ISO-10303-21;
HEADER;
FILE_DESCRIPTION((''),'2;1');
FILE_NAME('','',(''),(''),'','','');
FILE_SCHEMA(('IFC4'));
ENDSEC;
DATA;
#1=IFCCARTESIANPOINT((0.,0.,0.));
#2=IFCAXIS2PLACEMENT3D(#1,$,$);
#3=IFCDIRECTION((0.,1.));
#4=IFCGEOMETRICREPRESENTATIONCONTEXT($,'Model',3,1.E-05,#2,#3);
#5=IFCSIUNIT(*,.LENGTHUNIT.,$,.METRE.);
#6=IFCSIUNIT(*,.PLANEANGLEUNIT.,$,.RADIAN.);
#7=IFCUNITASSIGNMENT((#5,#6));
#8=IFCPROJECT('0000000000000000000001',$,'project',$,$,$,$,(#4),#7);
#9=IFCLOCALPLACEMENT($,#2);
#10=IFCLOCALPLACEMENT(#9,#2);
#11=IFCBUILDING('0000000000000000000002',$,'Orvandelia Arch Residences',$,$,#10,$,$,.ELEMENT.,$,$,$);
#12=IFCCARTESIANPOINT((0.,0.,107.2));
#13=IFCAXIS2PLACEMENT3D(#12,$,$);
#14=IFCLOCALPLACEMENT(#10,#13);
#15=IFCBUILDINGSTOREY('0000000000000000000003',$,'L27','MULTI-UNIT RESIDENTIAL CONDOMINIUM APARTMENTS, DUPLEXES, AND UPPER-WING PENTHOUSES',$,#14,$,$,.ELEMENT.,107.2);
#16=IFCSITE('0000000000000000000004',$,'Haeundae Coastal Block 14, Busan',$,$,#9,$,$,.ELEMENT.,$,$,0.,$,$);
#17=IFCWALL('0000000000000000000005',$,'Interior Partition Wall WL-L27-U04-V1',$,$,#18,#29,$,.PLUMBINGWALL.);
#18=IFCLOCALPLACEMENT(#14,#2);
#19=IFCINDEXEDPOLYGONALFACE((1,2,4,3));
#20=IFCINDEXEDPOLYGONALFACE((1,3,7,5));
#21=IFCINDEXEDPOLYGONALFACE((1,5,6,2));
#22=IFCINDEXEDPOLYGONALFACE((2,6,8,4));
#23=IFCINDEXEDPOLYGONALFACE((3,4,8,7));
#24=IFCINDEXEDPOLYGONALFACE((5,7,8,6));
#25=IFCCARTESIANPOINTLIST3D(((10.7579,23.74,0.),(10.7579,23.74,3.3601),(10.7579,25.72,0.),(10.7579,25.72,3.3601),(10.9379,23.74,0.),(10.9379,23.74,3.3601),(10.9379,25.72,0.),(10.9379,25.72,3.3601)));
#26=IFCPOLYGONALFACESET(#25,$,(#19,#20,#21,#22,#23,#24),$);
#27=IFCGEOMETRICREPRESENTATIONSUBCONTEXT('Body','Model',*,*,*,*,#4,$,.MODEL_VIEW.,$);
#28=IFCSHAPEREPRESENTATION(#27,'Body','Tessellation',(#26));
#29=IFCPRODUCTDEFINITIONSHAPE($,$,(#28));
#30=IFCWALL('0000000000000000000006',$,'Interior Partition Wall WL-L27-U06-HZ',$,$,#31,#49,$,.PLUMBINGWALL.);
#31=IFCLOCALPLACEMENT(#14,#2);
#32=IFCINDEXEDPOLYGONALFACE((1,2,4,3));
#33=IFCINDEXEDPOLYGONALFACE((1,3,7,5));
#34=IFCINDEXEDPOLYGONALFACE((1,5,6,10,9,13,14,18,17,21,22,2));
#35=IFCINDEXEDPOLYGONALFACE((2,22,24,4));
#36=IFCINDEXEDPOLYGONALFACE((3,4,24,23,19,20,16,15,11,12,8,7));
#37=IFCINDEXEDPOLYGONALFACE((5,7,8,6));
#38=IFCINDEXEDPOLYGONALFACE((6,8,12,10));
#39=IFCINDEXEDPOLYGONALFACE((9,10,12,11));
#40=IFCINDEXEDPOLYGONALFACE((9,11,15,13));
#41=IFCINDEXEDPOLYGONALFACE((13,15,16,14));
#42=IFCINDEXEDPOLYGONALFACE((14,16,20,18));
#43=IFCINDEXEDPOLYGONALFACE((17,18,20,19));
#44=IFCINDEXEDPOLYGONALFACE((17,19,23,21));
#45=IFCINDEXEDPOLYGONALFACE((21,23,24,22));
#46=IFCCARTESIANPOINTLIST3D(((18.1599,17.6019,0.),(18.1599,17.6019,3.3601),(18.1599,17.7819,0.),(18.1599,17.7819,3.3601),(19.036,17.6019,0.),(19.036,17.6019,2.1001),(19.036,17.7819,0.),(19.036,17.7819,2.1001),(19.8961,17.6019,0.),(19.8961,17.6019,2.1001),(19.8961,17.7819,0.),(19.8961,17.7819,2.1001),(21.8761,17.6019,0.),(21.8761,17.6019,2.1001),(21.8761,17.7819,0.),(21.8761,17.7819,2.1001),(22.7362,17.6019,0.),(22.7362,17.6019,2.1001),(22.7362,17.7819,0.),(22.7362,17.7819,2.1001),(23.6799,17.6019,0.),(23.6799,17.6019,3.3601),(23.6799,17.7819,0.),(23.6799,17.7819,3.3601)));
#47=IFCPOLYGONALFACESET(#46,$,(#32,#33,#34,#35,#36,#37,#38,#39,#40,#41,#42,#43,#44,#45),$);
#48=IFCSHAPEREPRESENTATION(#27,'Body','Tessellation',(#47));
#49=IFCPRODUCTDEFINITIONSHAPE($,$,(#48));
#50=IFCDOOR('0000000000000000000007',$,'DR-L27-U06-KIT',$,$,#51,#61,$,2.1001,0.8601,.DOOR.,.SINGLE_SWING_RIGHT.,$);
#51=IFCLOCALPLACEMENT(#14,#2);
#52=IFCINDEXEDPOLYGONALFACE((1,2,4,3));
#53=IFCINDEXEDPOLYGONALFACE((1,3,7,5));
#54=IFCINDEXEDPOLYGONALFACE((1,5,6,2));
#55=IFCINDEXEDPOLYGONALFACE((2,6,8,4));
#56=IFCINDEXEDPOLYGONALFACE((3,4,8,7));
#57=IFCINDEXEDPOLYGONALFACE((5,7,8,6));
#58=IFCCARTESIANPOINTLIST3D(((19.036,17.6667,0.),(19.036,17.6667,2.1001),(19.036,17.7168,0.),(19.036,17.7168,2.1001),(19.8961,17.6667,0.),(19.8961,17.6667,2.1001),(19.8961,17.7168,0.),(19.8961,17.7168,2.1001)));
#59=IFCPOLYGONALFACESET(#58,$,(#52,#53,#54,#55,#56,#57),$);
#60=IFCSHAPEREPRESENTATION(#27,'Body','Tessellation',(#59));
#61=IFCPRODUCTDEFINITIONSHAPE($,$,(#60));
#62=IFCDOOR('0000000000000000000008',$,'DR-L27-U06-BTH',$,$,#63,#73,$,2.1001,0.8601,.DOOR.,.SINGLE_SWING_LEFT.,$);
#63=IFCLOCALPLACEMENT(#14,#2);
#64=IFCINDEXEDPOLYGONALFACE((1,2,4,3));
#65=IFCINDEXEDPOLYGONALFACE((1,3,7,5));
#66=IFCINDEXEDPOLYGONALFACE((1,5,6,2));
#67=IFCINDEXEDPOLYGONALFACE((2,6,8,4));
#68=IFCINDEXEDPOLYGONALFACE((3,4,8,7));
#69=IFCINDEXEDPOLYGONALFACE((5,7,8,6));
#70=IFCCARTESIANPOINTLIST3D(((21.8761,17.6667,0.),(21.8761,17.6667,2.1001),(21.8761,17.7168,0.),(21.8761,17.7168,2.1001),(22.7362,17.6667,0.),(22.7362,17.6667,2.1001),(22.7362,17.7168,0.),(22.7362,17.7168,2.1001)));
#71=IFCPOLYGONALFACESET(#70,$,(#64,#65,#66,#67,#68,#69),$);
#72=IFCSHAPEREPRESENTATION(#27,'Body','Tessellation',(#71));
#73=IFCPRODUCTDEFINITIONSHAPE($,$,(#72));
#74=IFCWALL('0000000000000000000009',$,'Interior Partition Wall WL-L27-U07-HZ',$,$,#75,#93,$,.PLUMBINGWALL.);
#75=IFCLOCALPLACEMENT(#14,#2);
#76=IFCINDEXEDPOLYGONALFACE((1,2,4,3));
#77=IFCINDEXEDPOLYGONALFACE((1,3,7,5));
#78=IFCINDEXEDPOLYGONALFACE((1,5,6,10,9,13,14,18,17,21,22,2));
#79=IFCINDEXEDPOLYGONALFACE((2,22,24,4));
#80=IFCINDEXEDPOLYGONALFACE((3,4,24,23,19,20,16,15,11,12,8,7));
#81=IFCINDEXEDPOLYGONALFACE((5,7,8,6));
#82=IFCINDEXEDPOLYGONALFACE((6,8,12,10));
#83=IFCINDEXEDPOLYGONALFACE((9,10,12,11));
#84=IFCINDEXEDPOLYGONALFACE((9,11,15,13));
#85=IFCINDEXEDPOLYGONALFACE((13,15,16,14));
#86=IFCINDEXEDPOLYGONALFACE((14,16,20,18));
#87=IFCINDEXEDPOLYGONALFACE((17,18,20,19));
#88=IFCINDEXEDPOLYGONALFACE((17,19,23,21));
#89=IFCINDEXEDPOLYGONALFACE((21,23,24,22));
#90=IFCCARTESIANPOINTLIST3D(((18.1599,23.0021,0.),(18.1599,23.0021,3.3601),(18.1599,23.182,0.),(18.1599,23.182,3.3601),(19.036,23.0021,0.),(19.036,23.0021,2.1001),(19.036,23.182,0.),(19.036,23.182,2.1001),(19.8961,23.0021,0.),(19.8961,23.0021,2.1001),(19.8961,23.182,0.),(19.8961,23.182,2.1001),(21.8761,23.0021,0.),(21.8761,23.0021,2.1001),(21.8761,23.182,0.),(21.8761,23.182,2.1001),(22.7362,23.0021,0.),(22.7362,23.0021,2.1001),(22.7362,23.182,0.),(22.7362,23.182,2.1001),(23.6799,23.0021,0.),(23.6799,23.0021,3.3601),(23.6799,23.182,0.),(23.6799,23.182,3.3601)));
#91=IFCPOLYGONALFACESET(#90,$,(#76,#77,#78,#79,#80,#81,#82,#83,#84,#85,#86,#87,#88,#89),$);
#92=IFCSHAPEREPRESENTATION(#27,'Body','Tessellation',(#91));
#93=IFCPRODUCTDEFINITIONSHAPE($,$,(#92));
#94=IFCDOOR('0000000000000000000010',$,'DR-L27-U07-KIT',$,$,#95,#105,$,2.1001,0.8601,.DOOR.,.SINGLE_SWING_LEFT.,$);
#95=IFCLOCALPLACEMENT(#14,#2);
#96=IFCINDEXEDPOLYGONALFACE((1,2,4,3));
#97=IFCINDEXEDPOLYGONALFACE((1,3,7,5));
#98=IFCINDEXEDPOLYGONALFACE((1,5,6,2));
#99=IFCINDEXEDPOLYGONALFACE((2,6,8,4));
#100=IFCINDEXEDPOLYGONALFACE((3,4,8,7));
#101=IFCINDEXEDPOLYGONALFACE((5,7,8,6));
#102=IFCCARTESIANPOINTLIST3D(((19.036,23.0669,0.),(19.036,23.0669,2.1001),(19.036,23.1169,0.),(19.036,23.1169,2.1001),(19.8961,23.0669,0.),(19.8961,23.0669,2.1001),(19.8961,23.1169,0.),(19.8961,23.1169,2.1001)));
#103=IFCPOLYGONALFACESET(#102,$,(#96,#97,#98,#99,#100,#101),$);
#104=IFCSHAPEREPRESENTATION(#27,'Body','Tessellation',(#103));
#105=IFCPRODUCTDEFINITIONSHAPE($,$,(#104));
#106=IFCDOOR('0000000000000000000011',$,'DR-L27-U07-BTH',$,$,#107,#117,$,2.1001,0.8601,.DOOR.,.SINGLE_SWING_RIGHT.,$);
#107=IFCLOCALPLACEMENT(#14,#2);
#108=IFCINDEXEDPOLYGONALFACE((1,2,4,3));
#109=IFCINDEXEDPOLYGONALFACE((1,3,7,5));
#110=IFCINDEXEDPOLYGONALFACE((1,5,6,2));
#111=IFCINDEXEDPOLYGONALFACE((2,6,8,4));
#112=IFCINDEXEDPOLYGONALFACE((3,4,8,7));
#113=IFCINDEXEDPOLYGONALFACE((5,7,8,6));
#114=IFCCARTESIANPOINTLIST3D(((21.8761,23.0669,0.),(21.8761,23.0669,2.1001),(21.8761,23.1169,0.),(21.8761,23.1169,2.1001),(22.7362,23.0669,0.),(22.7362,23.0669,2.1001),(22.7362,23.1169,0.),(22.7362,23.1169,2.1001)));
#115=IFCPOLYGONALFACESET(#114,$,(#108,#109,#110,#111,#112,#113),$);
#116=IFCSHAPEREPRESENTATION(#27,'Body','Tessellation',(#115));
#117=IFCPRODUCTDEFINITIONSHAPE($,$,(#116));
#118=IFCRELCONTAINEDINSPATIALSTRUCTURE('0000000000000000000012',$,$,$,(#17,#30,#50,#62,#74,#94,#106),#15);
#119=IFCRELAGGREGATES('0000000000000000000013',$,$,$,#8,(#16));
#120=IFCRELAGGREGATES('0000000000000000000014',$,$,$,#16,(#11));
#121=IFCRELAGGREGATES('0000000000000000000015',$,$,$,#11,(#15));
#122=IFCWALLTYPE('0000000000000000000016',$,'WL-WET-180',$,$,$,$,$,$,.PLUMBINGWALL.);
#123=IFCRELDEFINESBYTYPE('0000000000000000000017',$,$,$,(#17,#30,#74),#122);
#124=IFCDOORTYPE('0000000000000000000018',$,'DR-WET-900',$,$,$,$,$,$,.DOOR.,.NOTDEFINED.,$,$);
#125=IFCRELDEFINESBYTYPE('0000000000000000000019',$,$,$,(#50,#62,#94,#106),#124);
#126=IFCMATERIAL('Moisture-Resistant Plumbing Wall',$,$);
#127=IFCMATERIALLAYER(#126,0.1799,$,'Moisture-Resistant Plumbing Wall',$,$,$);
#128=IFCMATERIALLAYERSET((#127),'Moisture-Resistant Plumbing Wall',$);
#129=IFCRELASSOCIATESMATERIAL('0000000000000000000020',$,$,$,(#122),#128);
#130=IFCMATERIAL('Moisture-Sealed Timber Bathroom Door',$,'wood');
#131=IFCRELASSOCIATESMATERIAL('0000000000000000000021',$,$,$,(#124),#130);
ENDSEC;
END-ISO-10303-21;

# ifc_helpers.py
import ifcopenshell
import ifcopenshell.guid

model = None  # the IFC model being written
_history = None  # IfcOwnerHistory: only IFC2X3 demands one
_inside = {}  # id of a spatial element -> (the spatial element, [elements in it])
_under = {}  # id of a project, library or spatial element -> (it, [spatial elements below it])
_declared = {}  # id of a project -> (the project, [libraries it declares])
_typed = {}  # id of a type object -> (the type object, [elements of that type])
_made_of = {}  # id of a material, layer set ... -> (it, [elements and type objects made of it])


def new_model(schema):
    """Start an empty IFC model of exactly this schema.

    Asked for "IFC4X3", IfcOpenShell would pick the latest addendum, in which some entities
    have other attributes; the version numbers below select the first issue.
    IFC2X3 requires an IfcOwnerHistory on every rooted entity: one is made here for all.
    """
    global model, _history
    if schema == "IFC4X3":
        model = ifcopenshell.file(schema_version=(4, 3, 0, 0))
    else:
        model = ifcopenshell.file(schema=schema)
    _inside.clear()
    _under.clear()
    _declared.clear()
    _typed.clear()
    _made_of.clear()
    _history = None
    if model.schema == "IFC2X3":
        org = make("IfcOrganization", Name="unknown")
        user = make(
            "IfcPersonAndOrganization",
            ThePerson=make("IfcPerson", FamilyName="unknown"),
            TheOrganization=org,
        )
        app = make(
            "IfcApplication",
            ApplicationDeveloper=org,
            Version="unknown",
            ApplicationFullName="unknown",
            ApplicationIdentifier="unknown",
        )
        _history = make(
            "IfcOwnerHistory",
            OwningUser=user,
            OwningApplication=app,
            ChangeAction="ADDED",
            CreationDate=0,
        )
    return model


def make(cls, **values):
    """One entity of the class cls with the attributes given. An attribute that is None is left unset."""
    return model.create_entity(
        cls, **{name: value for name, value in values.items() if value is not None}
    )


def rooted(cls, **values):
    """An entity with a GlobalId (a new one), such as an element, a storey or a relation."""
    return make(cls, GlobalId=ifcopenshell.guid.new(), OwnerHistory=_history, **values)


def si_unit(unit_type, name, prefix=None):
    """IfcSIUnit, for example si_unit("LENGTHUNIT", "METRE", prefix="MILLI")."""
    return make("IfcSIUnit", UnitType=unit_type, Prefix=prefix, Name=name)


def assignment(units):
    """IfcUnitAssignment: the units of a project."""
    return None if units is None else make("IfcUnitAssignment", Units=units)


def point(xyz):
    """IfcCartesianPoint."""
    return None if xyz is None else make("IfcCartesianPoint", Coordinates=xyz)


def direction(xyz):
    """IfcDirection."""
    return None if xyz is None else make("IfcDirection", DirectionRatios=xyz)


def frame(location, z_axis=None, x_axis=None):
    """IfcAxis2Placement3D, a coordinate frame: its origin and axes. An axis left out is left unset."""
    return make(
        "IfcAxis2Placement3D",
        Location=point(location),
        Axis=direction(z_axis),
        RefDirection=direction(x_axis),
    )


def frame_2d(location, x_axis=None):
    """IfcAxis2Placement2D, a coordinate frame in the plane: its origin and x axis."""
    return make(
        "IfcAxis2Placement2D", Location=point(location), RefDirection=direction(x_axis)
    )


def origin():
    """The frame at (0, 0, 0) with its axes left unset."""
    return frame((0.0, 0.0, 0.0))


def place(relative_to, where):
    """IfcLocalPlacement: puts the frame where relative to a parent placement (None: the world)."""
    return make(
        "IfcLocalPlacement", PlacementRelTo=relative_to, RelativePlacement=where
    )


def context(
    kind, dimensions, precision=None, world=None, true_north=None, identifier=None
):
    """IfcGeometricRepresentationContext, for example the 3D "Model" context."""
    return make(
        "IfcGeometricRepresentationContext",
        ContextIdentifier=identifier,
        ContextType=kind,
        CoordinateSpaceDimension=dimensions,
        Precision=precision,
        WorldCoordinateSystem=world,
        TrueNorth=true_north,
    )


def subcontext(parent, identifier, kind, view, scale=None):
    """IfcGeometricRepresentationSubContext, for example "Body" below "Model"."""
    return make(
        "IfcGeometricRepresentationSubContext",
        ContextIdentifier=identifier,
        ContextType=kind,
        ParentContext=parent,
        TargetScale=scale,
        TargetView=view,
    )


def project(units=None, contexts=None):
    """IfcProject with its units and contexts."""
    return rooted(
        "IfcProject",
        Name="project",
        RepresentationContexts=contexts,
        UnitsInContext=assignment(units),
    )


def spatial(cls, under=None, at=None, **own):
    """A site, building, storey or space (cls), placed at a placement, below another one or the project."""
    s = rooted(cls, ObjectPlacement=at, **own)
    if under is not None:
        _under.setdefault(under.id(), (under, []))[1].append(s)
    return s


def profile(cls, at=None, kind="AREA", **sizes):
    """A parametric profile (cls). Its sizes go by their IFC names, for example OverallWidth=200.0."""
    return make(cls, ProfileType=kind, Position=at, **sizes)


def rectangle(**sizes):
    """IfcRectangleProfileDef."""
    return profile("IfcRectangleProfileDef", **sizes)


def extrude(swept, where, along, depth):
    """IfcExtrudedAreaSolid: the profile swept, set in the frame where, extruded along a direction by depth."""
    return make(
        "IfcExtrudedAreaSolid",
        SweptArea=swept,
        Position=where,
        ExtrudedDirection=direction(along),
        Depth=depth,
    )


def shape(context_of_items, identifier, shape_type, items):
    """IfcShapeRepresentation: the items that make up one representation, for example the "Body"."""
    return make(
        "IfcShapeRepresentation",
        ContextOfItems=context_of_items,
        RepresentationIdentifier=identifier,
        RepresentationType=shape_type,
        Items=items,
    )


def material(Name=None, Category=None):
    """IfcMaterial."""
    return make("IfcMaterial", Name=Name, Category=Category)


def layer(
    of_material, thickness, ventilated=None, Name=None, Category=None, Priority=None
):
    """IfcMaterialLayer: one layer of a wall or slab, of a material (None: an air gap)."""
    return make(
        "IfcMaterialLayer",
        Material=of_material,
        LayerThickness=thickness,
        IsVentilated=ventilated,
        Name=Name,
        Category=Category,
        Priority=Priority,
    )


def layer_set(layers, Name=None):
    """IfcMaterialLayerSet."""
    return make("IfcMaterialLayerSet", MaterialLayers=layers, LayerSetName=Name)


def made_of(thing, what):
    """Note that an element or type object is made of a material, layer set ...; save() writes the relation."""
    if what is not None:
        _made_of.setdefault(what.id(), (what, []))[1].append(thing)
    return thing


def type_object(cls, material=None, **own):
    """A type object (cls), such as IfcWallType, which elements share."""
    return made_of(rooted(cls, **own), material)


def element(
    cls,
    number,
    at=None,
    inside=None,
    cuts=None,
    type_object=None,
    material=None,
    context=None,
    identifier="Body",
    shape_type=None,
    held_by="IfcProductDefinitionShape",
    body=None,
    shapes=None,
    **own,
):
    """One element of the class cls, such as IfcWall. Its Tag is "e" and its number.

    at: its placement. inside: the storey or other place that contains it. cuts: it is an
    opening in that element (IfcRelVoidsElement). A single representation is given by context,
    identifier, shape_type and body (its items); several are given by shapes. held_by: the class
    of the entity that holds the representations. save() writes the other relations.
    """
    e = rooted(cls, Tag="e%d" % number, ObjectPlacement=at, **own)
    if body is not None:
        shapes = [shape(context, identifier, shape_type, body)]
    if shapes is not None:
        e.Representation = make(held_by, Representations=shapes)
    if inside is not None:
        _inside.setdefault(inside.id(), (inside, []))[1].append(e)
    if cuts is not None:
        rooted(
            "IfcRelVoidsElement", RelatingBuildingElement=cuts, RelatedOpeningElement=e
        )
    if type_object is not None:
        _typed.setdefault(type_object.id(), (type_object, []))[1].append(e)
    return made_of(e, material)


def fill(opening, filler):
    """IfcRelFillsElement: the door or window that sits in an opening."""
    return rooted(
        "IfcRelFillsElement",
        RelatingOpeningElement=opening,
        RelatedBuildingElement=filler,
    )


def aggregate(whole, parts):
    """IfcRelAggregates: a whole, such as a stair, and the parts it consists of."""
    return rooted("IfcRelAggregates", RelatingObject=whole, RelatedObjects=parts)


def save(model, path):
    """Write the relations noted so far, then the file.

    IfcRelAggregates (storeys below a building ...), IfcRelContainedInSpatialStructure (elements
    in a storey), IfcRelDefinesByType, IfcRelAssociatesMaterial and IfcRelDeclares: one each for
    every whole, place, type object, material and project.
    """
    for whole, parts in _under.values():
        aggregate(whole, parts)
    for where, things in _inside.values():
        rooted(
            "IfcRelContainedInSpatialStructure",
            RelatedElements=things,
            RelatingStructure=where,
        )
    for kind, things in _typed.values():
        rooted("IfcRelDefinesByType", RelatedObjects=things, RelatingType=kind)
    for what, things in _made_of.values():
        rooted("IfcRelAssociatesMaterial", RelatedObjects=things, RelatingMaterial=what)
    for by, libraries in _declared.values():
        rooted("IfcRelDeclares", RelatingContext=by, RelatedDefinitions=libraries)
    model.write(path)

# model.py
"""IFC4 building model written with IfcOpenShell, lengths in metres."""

from ifc_helpers import new_model, si_unit, direction, frame, frame_2d, origin, place, context, subcontext, project, spatial, rectangle, extrude, material, layer, layer_set, type_object, element, fill, save


model = new_model("IFC4")

# Units and contexts
model_context = context("Model", 3, precision=1e-05, world=origin(), true_north=direction((0.0, 1.0)))
body_context = subcontext(model_context, "Body", "Model", "MODEL_VIEW")
ifc_project = project(units=[si_unit("LENGTHUNIT", "METRE"), si_unit("PLANEANGLEUNIT", "RADIAN")], contexts=[model_context])

# Site, building, storey
site_placement = place(None, origin())
site = spatial("IfcSite", under=ifc_project, at=site_placement, Name="Haeundae Coastal Block 14, Busan", CompositionType="ELEMENT", RefElevation=0.0)
building_placement = place(site_placement, origin())
building = spatial("IfcBuilding", under=site, at=building_placement, Name="Orvandelia Arch Residences", CompositionType="ELEMENT")
storey_placement = place(building_placement, frame((0.0, 0.0, 107.2)))
storey = spatial("IfcBuildingStorey", under=building, at=storey_placement, Name="L27", Description="MULTI-UNIT RESIDENTIAL CONDOMINIUM APARTMENTS, DUPLEXES, AND UPPER-WING PENTHOUSES", CompositionType="ELEMENT", Elevation=107.2)

# Wall
ifc_material_1 = material(Name="Moisture-Resistant Plumbing Wall")
ifc_layer_1 = layer(ifc_material_1, 0.1799, Name="Moisture-Resistant Plumbing Wall")
ifc_layer_set_1 = layer_set([ifc_layer_1], Name="Moisture-Resistant Plumbing Wall")
wall_type_1 = type_object("IfcWallType", Name="WL-WET-180", PredefinedType="PLUMBINGWALL", material=ifc_layer_set_1)
wall_1_placement = place(storey_placement, frame((10.8479, 23.74, 0.0), z_axis=(0.0, 0.0, 1.0), x_axis=(0.0, 1.0, 0.0)))
element("IfcWall", 1, at=wall_1_placement, inside=storey, type_object=wall_type_1, Name="Interior Partition Wall WL-L27-U04-V1", PredefinedType="PLUMBINGWALL", context=body_context, shape_type="SweptSolid", body=[
    extrude(rectangle(XDim=1.98, YDim=0.1799, at=frame_2d((0.99, 0.0))), origin(), (0.0, 0.0, 1.0), 3.3601),
])

# Walls, openings, doors
wall_2_placement = place(storey_placement, frame((18.1599, 17.6919, 0.0), z_axis=(0.0, 0.0, 1.0), x_axis=(1.0, 0.0, 0.0)))
wall_2 = element("IfcWall", 2, at=wall_2_placement, inside=storey, type_object=wall_type_1, Name="Interior Partition Wall WL-L27-U06-HZ", PredefinedType="PLUMBINGWALL", context=body_context, shape_type="SweptSolid", body=[
    extrude(rectangle(XDim=5.52, YDim=0.1799, at=frame_2d((2.76, 0.0))), origin(), (0.0, 0.0, 1.0), 3.3601),
])
opening_1_placement = place(wall_2_placement, frame((0.876, 0.0, 0.0)))
opening_1 = element("IfcOpeningElement", 3, at=opening_1_placement, cuts=wall_2, PredefinedType="OPENING", context=body_context, shape_type="SweptSolid", body=[
    extrude(rectangle(XDim=0.8601, YDim=2.1001, at=frame_2d((0.4302, 1.05))), frame((0.0, 0.1001, 0.0), z_axis=(0.0, -1.0, 0.0), x_axis=(1.0, 0.0, 0.0)), (0.0, 0.0, 1.0), 0.2),
])
opening_2_placement = place(wall_2_placement, frame((3.7161, 0.0, 0.0)))
opening_2 = element("IfcOpeningElement", 4, at=opening_2_placement, cuts=wall_2, PredefinedType="OPENING", context=body_context, shape_type="SweptSolid", body=[
    extrude(rectangle(XDim=0.8601, YDim=2.1001, at=frame_2d((0.4302, 1.05))), frame((0.0, 0.1001, 0.0), z_axis=(0.0, -1.0, 0.0), x_axis=(1.0, 0.0, 0.0)), (0.0, 0.0, 1.0), 0.2),
])
ifc_material_2 = material(Name="Moisture-Sealed Timber Bathroom Door", Category="wood")
door_type_1 = type_object("IfcDoorType", Name="DR-WET-900", OperationType="NOTDEFINED", PredefinedType="DOOR", material=ifc_material_2)
door_1_placement = place(opening_1_placement, origin())
door_1 = element("IfcDoor", 5, at=door_1_placement, inside=storey, type_object=door_type_1, Name="DR-L27-U06-KIT", OperationType="SINGLE_SWING_RIGHT", OverallHeight=2.1001, OverallWidth=0.8601, PredefinedType="DOOR", context=body_context, shape_type="SweptSolid", body=[
    extrude(rectangle(XDim=0.8601, YDim=2.1001, at=frame_2d((0.4302, 1.05))), frame((0.0, 0.0249, 0.0), z_axis=(0.0, -1.0, 0.0), x_axis=(1.0, 0.0, 0.0)), (0.0, 0.0, 1.0), 0.05),
])
fill(opening_1, door_1)
door_2_placement = place(opening_2_placement, origin())
door_2 = element("IfcDoor", 6, at=door_2_placement, inside=storey, type_object=door_type_1, Name="DR-L27-U06-BTH", OperationType="SINGLE_SWING_LEFT", OverallHeight=2.1001, OverallWidth=0.8601, PredefinedType="DOOR", context=body_context, shape_type="SweptSolid", body=[
    extrude(rectangle(XDim=0.8601, YDim=2.1001, at=frame_2d((0.4302, 1.05))), frame((0.0, 0.0249, 0.0), z_axis=(0.0, -1.0, 0.0), x_axis=(1.0, 0.0, 0.0)), (0.0, 0.0, 1.0), 0.05),
])
fill(opening_2, door_2)
wall_3_placement = place(storey_placement, frame((18.1599, 23.092, 0.0), z_axis=(0.0, 0.0, 1.0), x_axis=(1.0, 0.0, 0.0)))
wall_3 = element("IfcWall", 7, at=wall_3_placement, inside=storey, type_object=wall_type_1, Name="Interior Partition Wall WL-L27-U07-HZ", PredefinedType="PLUMBINGWALL", context=body_context, shape_type="SweptSolid", body=[
    extrude(rectangle(XDim=5.52, YDim=0.1799, at=frame_2d((2.76, 0.0))), origin(), (0.0, 0.0, 1.0), 3.3601),
])
opening_3_placement = place(wall_3_placement, frame((0.876, 0.0, 0.0)))
opening_3 = element("IfcOpeningElement", 8, at=opening_3_placement, cuts=wall_3, PredefinedType="OPENING", context=body_context, shape_type="SweptSolid", body=[
    extrude(rectangle(XDim=0.8601, YDim=2.1001, at=frame_2d((0.4302, 1.05))), frame((0.0, 0.1001, 0.0), z_axis=(0.0, -1.0, 0.0), x_axis=(1.0, 0.0, 0.0)), (0.0, 0.0, 1.0), 0.2),
])
opening_4_placement = place(wall_3_placement, frame((3.7161, 0.0, 0.0)))
opening_4 = element("IfcOpeningElement", 9, at=opening_4_placement, cuts=wall_3, PredefinedType="OPENING", context=body_context, shape_type="SweptSolid", body=[
    extrude(rectangle(XDim=0.8601, YDim=2.1001, at=frame_2d((0.4302, 1.05))), frame((0.0, 0.1001, 0.0), z_axis=(0.0, -1.0, 0.0), x_axis=(1.0, 0.0, 0.0)), (0.0, 0.0, 1.0), 0.2),
])
door_3_placement = place(opening_3_placement, origin())
door_3 = element("IfcDoor", 10, at=door_3_placement, inside=storey, type_object=door_type_1, Name="DR-L27-U07-KIT", OperationType="SINGLE_SWING_LEFT", OverallHeight=2.1001, OverallWidth=0.8601, PredefinedType="DOOR", context=body_context, shape_type="SweptSolid", body=[
    extrude(rectangle(XDim=0.8601, YDim=2.1001, at=frame_2d((0.4302, 1.05))), frame((0.0, 0.0249, 0.0), z_axis=(0.0, -1.0, 0.0), x_axis=(1.0, 0.0, 0.0)), (0.0, 0.0, 1.0), 0.05),
])
fill(opening_3, door_3)
door_4_placement = place(opening_4_placement, origin())
door_4 = element("IfcDoor", 11, at=door_4_placement, inside=storey, type_object=door_type_1, Name="DR-L27-U07-BTH", OperationType="SINGLE_SWING_RIGHT", OverallHeight=2.1001, OverallWidth=0.8601, PredefinedType="DOOR", context=body_context, shape_type="SweptSolid", body=[
    extrude(rectangle(XDim=0.8601, YDim=2.1001, at=frame_2d((0.4302, 1.05))), frame((0.0, 0.0249, 0.0), z_axis=(0.0, -1.0, 0.0), x_axis=(1.0, 0.0, 0.0)), (0.0, 0.0, 1.0), 0.05),
])
fill(opening_4, door_4)

save(model, "model.ifc")
